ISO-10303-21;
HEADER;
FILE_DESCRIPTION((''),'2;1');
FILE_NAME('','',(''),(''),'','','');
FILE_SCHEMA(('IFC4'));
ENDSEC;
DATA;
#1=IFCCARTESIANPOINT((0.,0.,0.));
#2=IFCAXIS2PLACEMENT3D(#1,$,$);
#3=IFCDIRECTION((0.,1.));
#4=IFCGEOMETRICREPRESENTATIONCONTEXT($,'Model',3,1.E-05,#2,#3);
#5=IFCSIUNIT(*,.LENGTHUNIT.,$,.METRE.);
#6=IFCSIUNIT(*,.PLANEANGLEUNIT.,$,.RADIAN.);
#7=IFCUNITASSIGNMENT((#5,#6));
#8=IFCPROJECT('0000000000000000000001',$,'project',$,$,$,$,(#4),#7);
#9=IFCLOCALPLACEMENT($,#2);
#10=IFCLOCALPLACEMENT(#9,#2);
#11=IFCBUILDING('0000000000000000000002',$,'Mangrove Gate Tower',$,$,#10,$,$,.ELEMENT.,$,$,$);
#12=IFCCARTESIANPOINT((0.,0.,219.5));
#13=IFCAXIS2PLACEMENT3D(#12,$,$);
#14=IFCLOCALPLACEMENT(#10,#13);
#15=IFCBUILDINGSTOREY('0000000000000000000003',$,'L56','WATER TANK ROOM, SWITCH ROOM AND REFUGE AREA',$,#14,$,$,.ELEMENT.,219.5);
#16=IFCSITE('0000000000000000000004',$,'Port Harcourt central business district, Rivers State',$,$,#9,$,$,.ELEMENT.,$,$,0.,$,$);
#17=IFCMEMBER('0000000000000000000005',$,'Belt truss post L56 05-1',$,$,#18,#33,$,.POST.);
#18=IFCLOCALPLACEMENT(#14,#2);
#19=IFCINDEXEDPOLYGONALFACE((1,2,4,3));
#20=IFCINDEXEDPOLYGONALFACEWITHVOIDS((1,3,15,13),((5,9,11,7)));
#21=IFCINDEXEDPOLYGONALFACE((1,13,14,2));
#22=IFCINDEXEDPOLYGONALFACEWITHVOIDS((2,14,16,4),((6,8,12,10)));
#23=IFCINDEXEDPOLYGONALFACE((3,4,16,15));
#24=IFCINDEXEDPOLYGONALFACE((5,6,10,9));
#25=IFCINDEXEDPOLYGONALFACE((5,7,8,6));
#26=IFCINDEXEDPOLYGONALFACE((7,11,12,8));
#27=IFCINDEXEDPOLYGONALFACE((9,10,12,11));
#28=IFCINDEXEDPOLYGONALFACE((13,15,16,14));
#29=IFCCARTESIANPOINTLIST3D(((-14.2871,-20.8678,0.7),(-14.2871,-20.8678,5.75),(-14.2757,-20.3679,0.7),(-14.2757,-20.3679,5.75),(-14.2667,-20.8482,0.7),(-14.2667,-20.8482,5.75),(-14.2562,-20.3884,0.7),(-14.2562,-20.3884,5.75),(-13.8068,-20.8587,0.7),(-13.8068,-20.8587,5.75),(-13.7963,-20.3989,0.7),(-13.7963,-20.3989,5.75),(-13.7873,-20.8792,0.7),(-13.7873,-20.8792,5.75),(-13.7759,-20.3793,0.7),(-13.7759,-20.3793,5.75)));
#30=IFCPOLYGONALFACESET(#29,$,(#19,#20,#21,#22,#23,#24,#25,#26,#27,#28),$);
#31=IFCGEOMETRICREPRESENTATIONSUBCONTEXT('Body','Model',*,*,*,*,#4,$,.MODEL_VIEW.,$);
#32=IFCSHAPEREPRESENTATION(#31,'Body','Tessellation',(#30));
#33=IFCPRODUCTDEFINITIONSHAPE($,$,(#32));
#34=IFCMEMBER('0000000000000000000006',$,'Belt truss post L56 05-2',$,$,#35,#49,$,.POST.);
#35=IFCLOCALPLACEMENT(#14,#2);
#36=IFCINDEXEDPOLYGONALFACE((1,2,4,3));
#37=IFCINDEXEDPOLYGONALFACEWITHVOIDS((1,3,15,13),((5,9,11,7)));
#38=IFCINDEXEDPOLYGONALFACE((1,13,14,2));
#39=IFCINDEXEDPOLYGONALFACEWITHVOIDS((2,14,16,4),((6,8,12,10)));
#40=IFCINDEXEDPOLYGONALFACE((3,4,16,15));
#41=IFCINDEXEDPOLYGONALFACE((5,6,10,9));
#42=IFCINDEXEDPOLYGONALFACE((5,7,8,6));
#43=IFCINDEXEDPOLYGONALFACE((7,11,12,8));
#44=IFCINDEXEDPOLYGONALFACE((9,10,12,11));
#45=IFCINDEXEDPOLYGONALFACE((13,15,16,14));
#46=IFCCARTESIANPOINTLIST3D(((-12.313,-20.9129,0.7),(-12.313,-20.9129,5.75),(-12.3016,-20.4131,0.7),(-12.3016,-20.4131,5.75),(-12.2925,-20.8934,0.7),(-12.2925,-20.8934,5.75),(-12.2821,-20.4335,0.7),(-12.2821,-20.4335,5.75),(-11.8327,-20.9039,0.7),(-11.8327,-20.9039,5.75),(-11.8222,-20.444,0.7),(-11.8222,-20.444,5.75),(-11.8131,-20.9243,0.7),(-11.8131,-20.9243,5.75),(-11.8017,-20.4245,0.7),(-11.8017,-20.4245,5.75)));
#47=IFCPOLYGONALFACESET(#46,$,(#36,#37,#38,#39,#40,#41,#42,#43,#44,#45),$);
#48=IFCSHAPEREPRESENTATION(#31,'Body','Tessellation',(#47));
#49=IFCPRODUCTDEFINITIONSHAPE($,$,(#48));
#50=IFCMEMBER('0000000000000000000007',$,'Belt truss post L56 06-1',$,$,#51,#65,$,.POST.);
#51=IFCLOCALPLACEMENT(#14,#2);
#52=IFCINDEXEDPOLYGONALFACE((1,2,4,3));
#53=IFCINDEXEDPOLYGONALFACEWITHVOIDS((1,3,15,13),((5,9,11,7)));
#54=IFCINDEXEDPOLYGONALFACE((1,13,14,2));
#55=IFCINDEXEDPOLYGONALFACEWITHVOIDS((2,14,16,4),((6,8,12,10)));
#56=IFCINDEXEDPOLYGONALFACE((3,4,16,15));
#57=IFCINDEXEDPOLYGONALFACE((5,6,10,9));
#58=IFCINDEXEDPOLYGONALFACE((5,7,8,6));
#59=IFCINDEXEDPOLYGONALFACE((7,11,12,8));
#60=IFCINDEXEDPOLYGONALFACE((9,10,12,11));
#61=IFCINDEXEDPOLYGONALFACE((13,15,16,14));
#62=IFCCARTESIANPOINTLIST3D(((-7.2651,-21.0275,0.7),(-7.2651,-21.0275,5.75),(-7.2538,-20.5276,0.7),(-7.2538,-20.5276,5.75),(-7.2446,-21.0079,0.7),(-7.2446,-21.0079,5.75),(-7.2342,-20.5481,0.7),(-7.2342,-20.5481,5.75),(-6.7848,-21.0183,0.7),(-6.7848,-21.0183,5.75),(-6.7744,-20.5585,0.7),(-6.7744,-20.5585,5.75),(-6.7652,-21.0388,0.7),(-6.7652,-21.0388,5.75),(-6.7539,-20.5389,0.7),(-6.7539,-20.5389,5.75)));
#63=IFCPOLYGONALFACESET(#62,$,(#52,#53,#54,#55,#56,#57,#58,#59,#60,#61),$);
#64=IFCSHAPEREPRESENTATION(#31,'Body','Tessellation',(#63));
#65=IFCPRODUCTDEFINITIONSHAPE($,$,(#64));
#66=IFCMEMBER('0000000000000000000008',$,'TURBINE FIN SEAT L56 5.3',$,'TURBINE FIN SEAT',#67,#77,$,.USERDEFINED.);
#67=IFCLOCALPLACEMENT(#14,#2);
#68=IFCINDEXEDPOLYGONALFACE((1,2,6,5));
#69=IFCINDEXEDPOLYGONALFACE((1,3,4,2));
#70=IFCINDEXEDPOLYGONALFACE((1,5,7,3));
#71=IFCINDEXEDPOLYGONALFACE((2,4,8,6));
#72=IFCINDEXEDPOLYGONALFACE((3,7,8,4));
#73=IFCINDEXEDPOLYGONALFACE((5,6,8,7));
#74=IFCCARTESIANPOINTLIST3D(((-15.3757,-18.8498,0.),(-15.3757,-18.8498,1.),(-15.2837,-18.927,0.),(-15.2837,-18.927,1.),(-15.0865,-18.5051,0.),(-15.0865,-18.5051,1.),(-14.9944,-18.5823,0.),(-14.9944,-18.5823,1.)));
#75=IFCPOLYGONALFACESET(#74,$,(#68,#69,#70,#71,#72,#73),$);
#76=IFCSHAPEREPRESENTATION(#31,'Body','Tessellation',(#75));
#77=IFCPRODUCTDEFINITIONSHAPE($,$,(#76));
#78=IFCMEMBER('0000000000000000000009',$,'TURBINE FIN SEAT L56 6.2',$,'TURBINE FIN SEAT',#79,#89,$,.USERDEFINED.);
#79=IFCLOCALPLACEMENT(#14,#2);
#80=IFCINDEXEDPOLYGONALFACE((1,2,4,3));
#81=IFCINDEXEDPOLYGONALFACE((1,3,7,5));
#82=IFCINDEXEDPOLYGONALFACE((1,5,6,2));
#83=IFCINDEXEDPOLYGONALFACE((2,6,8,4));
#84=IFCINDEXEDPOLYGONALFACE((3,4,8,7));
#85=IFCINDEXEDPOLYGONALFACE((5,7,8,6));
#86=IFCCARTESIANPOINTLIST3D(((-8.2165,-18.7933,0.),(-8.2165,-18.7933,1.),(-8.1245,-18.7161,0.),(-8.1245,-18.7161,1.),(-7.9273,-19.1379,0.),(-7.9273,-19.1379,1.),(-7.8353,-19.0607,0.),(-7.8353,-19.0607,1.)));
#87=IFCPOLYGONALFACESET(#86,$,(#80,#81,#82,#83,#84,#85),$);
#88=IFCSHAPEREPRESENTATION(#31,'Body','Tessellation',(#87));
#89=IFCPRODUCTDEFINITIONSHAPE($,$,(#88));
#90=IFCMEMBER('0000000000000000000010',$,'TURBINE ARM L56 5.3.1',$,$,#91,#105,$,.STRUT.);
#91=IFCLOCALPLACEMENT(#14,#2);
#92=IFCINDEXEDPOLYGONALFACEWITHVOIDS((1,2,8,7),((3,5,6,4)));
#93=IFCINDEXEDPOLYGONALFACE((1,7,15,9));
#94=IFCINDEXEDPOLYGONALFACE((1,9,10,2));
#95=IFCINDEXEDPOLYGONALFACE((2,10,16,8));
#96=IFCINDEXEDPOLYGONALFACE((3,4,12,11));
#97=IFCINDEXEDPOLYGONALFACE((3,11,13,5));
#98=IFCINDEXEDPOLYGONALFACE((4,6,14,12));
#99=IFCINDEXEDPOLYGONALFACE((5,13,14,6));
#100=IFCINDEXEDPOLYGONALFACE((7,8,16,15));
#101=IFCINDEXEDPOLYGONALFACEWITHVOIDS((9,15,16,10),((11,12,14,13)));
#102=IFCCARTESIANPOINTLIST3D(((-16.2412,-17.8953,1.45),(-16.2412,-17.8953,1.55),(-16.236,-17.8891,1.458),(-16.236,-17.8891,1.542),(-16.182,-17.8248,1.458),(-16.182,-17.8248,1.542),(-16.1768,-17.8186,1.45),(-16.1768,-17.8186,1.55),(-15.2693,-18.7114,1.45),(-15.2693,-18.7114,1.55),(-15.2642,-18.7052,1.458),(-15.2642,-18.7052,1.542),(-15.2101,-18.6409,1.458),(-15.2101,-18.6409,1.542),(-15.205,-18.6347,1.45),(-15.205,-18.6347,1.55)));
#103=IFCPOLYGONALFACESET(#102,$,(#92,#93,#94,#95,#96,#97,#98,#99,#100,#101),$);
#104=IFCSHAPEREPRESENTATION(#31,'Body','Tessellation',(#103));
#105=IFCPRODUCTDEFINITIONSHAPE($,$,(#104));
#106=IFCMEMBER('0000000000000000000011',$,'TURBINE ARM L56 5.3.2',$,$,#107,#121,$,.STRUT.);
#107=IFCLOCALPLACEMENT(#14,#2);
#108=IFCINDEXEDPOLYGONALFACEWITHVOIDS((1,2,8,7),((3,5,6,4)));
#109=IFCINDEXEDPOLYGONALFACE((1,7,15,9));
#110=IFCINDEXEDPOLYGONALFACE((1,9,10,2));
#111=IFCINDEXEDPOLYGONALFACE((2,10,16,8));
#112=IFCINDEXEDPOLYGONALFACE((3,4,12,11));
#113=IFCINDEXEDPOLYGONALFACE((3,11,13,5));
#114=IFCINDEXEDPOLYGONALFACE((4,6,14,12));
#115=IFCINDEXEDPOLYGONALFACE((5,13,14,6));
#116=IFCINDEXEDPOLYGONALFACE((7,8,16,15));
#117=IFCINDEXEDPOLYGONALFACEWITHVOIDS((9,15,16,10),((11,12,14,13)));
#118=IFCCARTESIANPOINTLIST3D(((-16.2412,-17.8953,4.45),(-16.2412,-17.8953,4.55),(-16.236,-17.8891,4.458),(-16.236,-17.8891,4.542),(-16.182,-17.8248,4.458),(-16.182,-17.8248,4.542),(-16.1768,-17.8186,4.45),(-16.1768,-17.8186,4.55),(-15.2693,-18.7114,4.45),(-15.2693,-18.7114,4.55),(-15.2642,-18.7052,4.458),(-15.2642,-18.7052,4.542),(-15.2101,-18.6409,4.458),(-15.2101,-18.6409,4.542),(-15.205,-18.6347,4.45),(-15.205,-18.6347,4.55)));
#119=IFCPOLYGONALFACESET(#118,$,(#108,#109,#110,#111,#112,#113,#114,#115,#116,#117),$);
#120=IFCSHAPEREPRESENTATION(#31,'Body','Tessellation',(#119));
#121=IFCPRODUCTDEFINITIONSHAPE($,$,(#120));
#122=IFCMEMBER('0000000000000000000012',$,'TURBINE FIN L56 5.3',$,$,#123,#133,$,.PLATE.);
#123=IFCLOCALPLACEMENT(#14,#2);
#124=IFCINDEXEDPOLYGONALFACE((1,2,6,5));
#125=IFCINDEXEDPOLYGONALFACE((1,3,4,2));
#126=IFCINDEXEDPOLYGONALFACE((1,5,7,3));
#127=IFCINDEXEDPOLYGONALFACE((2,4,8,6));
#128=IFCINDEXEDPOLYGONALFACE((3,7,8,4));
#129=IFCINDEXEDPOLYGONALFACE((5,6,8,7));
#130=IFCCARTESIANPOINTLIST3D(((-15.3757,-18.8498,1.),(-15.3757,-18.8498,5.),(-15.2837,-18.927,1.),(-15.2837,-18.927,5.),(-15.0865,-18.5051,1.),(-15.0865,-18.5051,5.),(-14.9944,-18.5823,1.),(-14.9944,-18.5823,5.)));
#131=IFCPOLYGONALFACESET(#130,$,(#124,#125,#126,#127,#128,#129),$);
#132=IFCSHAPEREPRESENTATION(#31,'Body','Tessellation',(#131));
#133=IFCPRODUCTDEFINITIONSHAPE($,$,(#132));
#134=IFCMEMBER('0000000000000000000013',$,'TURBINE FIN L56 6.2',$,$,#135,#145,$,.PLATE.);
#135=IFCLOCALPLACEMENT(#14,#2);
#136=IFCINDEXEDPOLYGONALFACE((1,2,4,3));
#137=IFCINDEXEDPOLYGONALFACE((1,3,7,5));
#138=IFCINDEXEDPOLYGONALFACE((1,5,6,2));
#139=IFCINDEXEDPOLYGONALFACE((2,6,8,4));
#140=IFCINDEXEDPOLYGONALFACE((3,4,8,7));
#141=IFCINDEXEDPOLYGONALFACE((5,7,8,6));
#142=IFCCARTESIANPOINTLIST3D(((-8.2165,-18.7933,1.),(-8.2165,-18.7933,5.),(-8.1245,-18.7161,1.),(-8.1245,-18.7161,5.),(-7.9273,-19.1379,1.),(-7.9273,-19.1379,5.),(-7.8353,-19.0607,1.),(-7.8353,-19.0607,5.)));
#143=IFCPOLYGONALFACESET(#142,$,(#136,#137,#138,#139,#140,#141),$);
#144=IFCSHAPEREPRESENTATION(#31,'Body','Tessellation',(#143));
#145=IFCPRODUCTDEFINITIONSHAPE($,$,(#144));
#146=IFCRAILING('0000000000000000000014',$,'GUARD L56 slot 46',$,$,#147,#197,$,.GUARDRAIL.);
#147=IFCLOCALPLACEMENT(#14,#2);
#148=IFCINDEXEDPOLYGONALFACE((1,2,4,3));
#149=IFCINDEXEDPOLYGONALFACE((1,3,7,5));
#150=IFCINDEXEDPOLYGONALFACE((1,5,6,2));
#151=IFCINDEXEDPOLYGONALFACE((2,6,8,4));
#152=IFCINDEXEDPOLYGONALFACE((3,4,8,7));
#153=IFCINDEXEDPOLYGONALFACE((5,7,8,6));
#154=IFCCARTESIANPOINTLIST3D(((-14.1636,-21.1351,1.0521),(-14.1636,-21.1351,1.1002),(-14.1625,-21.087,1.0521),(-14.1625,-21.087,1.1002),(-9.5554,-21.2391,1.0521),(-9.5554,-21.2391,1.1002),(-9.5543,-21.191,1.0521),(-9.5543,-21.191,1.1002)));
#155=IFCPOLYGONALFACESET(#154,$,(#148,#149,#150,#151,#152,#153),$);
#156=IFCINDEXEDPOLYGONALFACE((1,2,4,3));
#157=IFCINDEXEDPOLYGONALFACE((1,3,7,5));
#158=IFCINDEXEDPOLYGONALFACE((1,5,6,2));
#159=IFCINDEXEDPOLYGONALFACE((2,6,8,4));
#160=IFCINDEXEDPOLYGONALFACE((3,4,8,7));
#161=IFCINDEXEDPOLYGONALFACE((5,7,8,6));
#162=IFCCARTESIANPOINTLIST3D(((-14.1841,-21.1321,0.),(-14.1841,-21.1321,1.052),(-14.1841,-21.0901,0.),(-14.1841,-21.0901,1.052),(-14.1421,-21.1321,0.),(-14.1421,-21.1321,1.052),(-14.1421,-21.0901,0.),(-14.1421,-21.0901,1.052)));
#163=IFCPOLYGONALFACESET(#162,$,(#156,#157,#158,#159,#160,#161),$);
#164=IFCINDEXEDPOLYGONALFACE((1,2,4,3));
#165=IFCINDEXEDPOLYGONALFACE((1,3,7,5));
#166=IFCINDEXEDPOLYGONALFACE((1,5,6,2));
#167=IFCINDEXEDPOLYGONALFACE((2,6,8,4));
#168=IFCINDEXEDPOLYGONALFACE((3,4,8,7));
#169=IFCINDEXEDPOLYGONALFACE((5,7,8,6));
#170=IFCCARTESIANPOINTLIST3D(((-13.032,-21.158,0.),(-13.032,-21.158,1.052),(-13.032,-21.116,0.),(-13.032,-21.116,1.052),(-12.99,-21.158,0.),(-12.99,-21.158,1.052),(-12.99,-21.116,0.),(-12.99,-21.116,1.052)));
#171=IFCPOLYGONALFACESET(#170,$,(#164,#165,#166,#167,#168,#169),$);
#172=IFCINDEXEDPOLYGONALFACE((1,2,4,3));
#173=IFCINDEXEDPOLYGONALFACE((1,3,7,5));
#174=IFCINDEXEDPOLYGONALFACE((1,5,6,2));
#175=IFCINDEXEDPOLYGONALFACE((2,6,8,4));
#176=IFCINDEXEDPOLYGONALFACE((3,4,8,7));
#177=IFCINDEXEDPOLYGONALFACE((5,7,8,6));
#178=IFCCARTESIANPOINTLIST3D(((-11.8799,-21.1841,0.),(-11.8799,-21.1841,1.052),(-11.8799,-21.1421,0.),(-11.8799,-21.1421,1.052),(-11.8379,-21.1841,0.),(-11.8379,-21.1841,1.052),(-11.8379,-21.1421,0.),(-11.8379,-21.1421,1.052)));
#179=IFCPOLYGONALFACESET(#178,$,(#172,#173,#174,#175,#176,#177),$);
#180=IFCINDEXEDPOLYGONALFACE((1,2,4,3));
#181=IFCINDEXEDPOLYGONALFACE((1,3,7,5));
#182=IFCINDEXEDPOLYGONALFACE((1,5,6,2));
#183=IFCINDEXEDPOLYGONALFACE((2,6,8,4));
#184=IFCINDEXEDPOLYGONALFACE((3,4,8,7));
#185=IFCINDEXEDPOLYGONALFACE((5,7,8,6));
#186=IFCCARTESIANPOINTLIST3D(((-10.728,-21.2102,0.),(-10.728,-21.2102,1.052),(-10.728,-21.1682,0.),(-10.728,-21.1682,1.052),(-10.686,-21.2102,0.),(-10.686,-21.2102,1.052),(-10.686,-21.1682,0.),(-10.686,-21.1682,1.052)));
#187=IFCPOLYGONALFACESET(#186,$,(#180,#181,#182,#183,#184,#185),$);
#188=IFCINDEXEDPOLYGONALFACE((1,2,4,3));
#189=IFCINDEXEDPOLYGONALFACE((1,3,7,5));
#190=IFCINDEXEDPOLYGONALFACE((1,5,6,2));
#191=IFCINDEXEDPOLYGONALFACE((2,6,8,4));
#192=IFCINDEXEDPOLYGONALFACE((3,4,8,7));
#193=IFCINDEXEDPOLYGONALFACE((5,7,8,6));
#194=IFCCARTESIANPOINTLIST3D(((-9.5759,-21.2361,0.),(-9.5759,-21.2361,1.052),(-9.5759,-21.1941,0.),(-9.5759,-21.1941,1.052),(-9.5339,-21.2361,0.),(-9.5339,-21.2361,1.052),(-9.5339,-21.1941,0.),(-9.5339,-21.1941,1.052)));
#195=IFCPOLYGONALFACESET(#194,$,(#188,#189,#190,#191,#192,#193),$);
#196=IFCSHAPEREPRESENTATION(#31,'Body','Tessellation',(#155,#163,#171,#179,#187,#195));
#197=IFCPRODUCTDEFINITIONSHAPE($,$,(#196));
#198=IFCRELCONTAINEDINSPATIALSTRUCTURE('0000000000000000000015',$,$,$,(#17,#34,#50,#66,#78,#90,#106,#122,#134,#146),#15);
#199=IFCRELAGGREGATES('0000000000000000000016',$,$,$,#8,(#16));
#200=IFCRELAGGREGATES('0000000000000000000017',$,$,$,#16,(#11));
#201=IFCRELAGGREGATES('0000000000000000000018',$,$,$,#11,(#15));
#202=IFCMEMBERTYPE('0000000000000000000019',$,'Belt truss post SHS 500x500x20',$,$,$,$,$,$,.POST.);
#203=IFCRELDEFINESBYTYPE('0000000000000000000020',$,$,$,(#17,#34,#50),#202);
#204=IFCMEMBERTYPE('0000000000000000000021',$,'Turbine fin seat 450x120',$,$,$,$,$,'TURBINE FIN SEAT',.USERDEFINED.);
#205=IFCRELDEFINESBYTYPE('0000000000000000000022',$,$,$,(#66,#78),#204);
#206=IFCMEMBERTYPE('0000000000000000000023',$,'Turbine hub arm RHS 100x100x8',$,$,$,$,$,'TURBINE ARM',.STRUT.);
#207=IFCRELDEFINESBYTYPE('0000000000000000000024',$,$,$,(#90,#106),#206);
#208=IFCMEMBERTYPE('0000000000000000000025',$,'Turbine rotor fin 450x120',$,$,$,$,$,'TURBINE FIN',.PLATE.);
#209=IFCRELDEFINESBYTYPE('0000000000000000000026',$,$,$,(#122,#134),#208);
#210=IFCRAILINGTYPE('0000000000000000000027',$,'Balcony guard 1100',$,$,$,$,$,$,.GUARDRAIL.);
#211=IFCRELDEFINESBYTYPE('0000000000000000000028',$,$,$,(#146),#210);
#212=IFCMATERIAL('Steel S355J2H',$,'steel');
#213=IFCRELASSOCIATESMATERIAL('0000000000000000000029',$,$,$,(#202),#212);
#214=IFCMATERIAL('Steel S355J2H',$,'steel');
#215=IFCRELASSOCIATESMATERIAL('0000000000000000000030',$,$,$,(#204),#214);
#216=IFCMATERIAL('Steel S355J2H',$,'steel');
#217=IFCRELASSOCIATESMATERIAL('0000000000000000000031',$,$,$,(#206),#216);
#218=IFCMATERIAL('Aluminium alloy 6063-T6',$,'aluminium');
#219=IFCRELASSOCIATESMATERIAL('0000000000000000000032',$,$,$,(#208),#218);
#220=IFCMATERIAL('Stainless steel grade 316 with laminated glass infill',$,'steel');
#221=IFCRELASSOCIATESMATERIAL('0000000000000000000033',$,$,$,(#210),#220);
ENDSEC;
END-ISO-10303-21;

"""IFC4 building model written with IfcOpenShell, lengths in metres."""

from ifc_helpers import new_model, si_unit, direction, frame, origin, origin_2d, place, context, subcontext, project, spatial, rectangle, hollow_rectangle, extrude, material, material_profile, profile_set, type_object, element, save


model = new_model("IFC4")

# Units and contexts
model_context = context("Model", 3, precision=1e-05, world=origin(), true_north=direction((0.0, 1.0)))
body_context = subcontext(model_context, "Body", "Model", "MODEL_VIEW")
ifc_project = project(units=[si_unit("LENGTHUNIT", "METRE"), si_unit("PLANEANGLEUNIT", "RADIAN")], contexts=[model_context])

# Site, building, storey
site_placement = place(None, origin())
site = spatial("IfcSite", under=ifc_project, at=site_placement, Name="Port Harcourt central business district, Rivers State", CompositionType="ELEMENT", RefElevation=0.0)
building_placement = place(site_placement, origin())
building = spatial("IfcBuilding", under=site, at=building_placement, Name="Mangrove Gate Tower", CompositionType="ELEMENT")
storey_placement = place(building_placement, frame((0.0, 0.0, 219.5)))
storey = spatial("IfcBuildingStorey", under=building, at=storey_placement, Name="L56", Description="WATER TANK ROOM, SWITCH ROOM AND REFUGE AREA", CompositionType="ELEMENT", Elevation=219.5)

# Members
ifc_material_1 = material(Name="Steel S355J2H", Category="steel")
ifc_material_profile_1 = material_profile(ifc_material_1, hollow_rectangle(XDim=0.5, YDim=0.5, WallThickness=0.02, at=origin_2d()))
ifc_profile_set_1 = profile_set([ifc_material_profile_1], Name="Steel S355J2H")
member_type_1 = type_object("IfcMemberType", Name="Belt truss post SHS 500x500x20", PredefinedType="POST", material=ifc_profile_set_1)
for number, where, z_axis, x_axis, name in (
    (1, (-14.0315, -20.6235, 0.7), (0.0, 0.0, 1.0), (0.999741, -0.02278, 0.0), "Belt truss post L56 05-1"),
    (2, (-12.0574, -20.6687, 0.7), (0.0, 0.0, 1.0), (0.999741, -0.02278, 0.0), "Belt truss post L56 05-2"),
    (3, (-7.0095, -20.7832, 0.7), (0.0, 0.0, 1.0), (0.999744, -0.022637, 0.0), "Belt truss post L56 06-1"),
):
    element("IfcMember", number, at=place(storey_placement, frame(where, z_axis=z_axis, x_axis=x_axis)), inside=storey, type_object=member_type_1, Name=name, PredefinedType="POST", context=body_context, shape_type="SweptSolid", body=[
        extrude(hollow_rectangle(XDim=0.5, YDim=0.5, WallThickness=0.02, at=origin_2d()), origin(), (0.0, 0.0, 1.0), 5.05),
    ])
ifc_material_2 = material(Name="Steel S355J2H", Category="steel")
ifc_material_profile_2 = material_profile(ifc_material_2, rectangle(XDim=0.45, YDim=0.1201, at=origin_2d()))
ifc_profile_set_2 = profile_set([ifc_material_profile_2], Name="Steel S355J2H")
member_type_2 = type_object("IfcMemberType", Name="Turbine fin seat 450x120", ElementType="TURBINE FIN SEAT", PredefinedType="USERDEFINED", material=ifc_profile_set_2)
for number, where, z_axis, x_axis, name in (
    (4, (-15.1851, -18.7161, 0.0), (0.0, 0.0, 1.0), (0.642788, 0.766044, 0.0), "TURBINE FIN SEAT L56 5.3"),
    (5, (-8.0259, -18.927, 0.0), (0.0, 0.0, 1.0), (0.642788, -0.766044, 0.0), "TURBINE FIN SEAT L56 6.2"),
):
    element("IfcMember", number, at=place(storey_placement, frame(where, z_axis=z_axis, x_axis=x_axis)), inside=storey, type_object=member_type_2, Name=name, ObjectType="TURBINE FIN SEAT", PredefinedType="USERDEFINED", context=body_context, shape_type="SweptSolid", body=[
        extrude(rectangle(XDim=0.45, YDim=0.1201, at=origin_2d()), origin(), (0.0, 0.0, 1.0), 1.0),
    ])
ifc_material_3 = material(Name="Steel S355J2H", Category="steel")
ifc_material_profile_3 = material_profile(ifc_material_3, hollow_rectangle(XDim=0.1001, YDim=0.1001, WallThickness=0.0081, at=origin_2d()))
ifc_profile_set_3 = profile_set([ifc_material_profile_3], Name="Steel S355J2H")
member_type_3 = type_object("IfcMemberType", Name="Turbine hub arm RHS 100x100x8", ElementType="TURBINE ARM", PredefinedType="STRUT", material=ifc_profile_set_3)
for number, where, z_axis, x_axis, name in (
    (6, (-16.209, -17.8569, 1.5), (0.765803, -0.643075, 0.0), (0.643075, 0.765803, 0.0), "TURBINE ARM L56 5.3.1"),
    (7, (-16.209, -17.8569, 4.5), (0.765803, -0.643075, 0.0), (0.643075, 0.765803, 0.0), "TURBINE ARM L56 5.3.2"),
):
    element("IfcMember", number, at=place(storey_placement, frame(where, z_axis=z_axis, x_axis=x_axis)), inside=storey, type_object=member_type_3, Name=name, PredefinedType="STRUT", context=body_context, shape_type="SweptSolid", body=[
        extrude(hollow_rectangle(XDim=0.1001, YDim=0.1001, WallThickness=0.0081, at=origin_2d()), origin(), (0.0, 0.0, 1.0), 1.269),
    ])
ifc_material_4 = material(Name="Aluminium alloy 6063-T6", Category="aluminium")
ifc_material_profile_4 = material_profile(ifc_material_4, rectangle(XDim=0.45, YDim=0.1201, at=origin_2d()))
ifc_profile_set_4 = profile_set([ifc_material_profile_4], Name="Aluminium alloy 6063-T6")
member_type_4 = type_object("IfcMemberType", Name="Turbine rotor fin 450x120", ElementType="TURBINE FIN", PredefinedType="PLATE", material=ifc_profile_set_4)
for number, where, z_axis, x_axis, name in (
    (8, (-15.1851, -18.7161, 1.0), (0.0, 0.0, 1.0), (0.642788, 0.766044, 0.0), "TURBINE FIN L56 5.3"),
    (9, (-8.0259, -18.927, 1.0), (0.0, 0.0, 1.0), (0.642788, -0.766044, 0.0), "TURBINE FIN L56 6.2"),
):
    element("IfcMember", number, at=place(storey_placement, frame(where, z_axis=z_axis, x_axis=x_axis)), inside=storey, type_object=member_type_4, Name=name, PredefinedType="PLATE", context=body_context, shape_type="SweptSolid", body=[
        extrude(rectangle(XDim=0.45, YDim=0.1201, at=origin_2d()), origin(), (0.0, 0.0, 1.0), 4.0),
    ])

# Railing
ifc_material_5 = material(Name="Stainless steel grade 316 with laminated glass infill", Category="steel")
railing_type = type_object("IfcRailingType", Name="Balcony guard 1100", PredefinedType="GUARDRAIL", material=ifc_material_5)
for number, where, name in (
    (10, (-14.1631, -21.1111, 0.0), "GUARD L56 slot 46"),
):
    element("IfcRailing", number, at=place(storey_placement, frame(where)), inside=storey, type_object=railing_type, Name=name, PredefinedType="GUARDRAIL", context=body_context, shape_type="SweptSolid", body=[
        extrude(rectangle(XDim=0.0481, YDim=0.0481, at=origin_2d()), frame((0.0, 0.0, 1.0762), z_axis=(0.999745, -0.022564, 0.0), x_axis=(0.022564, 0.999745, 0.0)), (0.0, 0.0, 1.0), 4.6094),
        extrude(rectangle(XDim=0.042, YDim=0.042, at=origin_2d()), origin(), (0.0, 0.0, 1.0), 1.052),
        extrude(rectangle(XDim=0.042, YDim=0.042, at=origin_2d()), frame((1.1521, -0.0259, 0.0)), (0.0, 0.0, 1.0), 1.052),
        extrude(rectangle(XDim=0.042, YDim=0.042, at=origin_2d()), frame((2.3042, -0.052, 0.0)), (0.0, 0.0, 1.0), 1.052),
        extrude(rectangle(XDim=0.042, YDim=0.042, at=origin_2d()), frame((3.4561, -0.0781, 0.0)), (0.0, 0.0, 1.0), 1.052),
        extrude(rectangle(XDim=0.042, YDim=0.042, at=origin_2d()), frame((4.6082, -0.104, 0.0)), (0.0, 0.0, 1.0), 1.052),
    ])

save(model, "model.ifc")
